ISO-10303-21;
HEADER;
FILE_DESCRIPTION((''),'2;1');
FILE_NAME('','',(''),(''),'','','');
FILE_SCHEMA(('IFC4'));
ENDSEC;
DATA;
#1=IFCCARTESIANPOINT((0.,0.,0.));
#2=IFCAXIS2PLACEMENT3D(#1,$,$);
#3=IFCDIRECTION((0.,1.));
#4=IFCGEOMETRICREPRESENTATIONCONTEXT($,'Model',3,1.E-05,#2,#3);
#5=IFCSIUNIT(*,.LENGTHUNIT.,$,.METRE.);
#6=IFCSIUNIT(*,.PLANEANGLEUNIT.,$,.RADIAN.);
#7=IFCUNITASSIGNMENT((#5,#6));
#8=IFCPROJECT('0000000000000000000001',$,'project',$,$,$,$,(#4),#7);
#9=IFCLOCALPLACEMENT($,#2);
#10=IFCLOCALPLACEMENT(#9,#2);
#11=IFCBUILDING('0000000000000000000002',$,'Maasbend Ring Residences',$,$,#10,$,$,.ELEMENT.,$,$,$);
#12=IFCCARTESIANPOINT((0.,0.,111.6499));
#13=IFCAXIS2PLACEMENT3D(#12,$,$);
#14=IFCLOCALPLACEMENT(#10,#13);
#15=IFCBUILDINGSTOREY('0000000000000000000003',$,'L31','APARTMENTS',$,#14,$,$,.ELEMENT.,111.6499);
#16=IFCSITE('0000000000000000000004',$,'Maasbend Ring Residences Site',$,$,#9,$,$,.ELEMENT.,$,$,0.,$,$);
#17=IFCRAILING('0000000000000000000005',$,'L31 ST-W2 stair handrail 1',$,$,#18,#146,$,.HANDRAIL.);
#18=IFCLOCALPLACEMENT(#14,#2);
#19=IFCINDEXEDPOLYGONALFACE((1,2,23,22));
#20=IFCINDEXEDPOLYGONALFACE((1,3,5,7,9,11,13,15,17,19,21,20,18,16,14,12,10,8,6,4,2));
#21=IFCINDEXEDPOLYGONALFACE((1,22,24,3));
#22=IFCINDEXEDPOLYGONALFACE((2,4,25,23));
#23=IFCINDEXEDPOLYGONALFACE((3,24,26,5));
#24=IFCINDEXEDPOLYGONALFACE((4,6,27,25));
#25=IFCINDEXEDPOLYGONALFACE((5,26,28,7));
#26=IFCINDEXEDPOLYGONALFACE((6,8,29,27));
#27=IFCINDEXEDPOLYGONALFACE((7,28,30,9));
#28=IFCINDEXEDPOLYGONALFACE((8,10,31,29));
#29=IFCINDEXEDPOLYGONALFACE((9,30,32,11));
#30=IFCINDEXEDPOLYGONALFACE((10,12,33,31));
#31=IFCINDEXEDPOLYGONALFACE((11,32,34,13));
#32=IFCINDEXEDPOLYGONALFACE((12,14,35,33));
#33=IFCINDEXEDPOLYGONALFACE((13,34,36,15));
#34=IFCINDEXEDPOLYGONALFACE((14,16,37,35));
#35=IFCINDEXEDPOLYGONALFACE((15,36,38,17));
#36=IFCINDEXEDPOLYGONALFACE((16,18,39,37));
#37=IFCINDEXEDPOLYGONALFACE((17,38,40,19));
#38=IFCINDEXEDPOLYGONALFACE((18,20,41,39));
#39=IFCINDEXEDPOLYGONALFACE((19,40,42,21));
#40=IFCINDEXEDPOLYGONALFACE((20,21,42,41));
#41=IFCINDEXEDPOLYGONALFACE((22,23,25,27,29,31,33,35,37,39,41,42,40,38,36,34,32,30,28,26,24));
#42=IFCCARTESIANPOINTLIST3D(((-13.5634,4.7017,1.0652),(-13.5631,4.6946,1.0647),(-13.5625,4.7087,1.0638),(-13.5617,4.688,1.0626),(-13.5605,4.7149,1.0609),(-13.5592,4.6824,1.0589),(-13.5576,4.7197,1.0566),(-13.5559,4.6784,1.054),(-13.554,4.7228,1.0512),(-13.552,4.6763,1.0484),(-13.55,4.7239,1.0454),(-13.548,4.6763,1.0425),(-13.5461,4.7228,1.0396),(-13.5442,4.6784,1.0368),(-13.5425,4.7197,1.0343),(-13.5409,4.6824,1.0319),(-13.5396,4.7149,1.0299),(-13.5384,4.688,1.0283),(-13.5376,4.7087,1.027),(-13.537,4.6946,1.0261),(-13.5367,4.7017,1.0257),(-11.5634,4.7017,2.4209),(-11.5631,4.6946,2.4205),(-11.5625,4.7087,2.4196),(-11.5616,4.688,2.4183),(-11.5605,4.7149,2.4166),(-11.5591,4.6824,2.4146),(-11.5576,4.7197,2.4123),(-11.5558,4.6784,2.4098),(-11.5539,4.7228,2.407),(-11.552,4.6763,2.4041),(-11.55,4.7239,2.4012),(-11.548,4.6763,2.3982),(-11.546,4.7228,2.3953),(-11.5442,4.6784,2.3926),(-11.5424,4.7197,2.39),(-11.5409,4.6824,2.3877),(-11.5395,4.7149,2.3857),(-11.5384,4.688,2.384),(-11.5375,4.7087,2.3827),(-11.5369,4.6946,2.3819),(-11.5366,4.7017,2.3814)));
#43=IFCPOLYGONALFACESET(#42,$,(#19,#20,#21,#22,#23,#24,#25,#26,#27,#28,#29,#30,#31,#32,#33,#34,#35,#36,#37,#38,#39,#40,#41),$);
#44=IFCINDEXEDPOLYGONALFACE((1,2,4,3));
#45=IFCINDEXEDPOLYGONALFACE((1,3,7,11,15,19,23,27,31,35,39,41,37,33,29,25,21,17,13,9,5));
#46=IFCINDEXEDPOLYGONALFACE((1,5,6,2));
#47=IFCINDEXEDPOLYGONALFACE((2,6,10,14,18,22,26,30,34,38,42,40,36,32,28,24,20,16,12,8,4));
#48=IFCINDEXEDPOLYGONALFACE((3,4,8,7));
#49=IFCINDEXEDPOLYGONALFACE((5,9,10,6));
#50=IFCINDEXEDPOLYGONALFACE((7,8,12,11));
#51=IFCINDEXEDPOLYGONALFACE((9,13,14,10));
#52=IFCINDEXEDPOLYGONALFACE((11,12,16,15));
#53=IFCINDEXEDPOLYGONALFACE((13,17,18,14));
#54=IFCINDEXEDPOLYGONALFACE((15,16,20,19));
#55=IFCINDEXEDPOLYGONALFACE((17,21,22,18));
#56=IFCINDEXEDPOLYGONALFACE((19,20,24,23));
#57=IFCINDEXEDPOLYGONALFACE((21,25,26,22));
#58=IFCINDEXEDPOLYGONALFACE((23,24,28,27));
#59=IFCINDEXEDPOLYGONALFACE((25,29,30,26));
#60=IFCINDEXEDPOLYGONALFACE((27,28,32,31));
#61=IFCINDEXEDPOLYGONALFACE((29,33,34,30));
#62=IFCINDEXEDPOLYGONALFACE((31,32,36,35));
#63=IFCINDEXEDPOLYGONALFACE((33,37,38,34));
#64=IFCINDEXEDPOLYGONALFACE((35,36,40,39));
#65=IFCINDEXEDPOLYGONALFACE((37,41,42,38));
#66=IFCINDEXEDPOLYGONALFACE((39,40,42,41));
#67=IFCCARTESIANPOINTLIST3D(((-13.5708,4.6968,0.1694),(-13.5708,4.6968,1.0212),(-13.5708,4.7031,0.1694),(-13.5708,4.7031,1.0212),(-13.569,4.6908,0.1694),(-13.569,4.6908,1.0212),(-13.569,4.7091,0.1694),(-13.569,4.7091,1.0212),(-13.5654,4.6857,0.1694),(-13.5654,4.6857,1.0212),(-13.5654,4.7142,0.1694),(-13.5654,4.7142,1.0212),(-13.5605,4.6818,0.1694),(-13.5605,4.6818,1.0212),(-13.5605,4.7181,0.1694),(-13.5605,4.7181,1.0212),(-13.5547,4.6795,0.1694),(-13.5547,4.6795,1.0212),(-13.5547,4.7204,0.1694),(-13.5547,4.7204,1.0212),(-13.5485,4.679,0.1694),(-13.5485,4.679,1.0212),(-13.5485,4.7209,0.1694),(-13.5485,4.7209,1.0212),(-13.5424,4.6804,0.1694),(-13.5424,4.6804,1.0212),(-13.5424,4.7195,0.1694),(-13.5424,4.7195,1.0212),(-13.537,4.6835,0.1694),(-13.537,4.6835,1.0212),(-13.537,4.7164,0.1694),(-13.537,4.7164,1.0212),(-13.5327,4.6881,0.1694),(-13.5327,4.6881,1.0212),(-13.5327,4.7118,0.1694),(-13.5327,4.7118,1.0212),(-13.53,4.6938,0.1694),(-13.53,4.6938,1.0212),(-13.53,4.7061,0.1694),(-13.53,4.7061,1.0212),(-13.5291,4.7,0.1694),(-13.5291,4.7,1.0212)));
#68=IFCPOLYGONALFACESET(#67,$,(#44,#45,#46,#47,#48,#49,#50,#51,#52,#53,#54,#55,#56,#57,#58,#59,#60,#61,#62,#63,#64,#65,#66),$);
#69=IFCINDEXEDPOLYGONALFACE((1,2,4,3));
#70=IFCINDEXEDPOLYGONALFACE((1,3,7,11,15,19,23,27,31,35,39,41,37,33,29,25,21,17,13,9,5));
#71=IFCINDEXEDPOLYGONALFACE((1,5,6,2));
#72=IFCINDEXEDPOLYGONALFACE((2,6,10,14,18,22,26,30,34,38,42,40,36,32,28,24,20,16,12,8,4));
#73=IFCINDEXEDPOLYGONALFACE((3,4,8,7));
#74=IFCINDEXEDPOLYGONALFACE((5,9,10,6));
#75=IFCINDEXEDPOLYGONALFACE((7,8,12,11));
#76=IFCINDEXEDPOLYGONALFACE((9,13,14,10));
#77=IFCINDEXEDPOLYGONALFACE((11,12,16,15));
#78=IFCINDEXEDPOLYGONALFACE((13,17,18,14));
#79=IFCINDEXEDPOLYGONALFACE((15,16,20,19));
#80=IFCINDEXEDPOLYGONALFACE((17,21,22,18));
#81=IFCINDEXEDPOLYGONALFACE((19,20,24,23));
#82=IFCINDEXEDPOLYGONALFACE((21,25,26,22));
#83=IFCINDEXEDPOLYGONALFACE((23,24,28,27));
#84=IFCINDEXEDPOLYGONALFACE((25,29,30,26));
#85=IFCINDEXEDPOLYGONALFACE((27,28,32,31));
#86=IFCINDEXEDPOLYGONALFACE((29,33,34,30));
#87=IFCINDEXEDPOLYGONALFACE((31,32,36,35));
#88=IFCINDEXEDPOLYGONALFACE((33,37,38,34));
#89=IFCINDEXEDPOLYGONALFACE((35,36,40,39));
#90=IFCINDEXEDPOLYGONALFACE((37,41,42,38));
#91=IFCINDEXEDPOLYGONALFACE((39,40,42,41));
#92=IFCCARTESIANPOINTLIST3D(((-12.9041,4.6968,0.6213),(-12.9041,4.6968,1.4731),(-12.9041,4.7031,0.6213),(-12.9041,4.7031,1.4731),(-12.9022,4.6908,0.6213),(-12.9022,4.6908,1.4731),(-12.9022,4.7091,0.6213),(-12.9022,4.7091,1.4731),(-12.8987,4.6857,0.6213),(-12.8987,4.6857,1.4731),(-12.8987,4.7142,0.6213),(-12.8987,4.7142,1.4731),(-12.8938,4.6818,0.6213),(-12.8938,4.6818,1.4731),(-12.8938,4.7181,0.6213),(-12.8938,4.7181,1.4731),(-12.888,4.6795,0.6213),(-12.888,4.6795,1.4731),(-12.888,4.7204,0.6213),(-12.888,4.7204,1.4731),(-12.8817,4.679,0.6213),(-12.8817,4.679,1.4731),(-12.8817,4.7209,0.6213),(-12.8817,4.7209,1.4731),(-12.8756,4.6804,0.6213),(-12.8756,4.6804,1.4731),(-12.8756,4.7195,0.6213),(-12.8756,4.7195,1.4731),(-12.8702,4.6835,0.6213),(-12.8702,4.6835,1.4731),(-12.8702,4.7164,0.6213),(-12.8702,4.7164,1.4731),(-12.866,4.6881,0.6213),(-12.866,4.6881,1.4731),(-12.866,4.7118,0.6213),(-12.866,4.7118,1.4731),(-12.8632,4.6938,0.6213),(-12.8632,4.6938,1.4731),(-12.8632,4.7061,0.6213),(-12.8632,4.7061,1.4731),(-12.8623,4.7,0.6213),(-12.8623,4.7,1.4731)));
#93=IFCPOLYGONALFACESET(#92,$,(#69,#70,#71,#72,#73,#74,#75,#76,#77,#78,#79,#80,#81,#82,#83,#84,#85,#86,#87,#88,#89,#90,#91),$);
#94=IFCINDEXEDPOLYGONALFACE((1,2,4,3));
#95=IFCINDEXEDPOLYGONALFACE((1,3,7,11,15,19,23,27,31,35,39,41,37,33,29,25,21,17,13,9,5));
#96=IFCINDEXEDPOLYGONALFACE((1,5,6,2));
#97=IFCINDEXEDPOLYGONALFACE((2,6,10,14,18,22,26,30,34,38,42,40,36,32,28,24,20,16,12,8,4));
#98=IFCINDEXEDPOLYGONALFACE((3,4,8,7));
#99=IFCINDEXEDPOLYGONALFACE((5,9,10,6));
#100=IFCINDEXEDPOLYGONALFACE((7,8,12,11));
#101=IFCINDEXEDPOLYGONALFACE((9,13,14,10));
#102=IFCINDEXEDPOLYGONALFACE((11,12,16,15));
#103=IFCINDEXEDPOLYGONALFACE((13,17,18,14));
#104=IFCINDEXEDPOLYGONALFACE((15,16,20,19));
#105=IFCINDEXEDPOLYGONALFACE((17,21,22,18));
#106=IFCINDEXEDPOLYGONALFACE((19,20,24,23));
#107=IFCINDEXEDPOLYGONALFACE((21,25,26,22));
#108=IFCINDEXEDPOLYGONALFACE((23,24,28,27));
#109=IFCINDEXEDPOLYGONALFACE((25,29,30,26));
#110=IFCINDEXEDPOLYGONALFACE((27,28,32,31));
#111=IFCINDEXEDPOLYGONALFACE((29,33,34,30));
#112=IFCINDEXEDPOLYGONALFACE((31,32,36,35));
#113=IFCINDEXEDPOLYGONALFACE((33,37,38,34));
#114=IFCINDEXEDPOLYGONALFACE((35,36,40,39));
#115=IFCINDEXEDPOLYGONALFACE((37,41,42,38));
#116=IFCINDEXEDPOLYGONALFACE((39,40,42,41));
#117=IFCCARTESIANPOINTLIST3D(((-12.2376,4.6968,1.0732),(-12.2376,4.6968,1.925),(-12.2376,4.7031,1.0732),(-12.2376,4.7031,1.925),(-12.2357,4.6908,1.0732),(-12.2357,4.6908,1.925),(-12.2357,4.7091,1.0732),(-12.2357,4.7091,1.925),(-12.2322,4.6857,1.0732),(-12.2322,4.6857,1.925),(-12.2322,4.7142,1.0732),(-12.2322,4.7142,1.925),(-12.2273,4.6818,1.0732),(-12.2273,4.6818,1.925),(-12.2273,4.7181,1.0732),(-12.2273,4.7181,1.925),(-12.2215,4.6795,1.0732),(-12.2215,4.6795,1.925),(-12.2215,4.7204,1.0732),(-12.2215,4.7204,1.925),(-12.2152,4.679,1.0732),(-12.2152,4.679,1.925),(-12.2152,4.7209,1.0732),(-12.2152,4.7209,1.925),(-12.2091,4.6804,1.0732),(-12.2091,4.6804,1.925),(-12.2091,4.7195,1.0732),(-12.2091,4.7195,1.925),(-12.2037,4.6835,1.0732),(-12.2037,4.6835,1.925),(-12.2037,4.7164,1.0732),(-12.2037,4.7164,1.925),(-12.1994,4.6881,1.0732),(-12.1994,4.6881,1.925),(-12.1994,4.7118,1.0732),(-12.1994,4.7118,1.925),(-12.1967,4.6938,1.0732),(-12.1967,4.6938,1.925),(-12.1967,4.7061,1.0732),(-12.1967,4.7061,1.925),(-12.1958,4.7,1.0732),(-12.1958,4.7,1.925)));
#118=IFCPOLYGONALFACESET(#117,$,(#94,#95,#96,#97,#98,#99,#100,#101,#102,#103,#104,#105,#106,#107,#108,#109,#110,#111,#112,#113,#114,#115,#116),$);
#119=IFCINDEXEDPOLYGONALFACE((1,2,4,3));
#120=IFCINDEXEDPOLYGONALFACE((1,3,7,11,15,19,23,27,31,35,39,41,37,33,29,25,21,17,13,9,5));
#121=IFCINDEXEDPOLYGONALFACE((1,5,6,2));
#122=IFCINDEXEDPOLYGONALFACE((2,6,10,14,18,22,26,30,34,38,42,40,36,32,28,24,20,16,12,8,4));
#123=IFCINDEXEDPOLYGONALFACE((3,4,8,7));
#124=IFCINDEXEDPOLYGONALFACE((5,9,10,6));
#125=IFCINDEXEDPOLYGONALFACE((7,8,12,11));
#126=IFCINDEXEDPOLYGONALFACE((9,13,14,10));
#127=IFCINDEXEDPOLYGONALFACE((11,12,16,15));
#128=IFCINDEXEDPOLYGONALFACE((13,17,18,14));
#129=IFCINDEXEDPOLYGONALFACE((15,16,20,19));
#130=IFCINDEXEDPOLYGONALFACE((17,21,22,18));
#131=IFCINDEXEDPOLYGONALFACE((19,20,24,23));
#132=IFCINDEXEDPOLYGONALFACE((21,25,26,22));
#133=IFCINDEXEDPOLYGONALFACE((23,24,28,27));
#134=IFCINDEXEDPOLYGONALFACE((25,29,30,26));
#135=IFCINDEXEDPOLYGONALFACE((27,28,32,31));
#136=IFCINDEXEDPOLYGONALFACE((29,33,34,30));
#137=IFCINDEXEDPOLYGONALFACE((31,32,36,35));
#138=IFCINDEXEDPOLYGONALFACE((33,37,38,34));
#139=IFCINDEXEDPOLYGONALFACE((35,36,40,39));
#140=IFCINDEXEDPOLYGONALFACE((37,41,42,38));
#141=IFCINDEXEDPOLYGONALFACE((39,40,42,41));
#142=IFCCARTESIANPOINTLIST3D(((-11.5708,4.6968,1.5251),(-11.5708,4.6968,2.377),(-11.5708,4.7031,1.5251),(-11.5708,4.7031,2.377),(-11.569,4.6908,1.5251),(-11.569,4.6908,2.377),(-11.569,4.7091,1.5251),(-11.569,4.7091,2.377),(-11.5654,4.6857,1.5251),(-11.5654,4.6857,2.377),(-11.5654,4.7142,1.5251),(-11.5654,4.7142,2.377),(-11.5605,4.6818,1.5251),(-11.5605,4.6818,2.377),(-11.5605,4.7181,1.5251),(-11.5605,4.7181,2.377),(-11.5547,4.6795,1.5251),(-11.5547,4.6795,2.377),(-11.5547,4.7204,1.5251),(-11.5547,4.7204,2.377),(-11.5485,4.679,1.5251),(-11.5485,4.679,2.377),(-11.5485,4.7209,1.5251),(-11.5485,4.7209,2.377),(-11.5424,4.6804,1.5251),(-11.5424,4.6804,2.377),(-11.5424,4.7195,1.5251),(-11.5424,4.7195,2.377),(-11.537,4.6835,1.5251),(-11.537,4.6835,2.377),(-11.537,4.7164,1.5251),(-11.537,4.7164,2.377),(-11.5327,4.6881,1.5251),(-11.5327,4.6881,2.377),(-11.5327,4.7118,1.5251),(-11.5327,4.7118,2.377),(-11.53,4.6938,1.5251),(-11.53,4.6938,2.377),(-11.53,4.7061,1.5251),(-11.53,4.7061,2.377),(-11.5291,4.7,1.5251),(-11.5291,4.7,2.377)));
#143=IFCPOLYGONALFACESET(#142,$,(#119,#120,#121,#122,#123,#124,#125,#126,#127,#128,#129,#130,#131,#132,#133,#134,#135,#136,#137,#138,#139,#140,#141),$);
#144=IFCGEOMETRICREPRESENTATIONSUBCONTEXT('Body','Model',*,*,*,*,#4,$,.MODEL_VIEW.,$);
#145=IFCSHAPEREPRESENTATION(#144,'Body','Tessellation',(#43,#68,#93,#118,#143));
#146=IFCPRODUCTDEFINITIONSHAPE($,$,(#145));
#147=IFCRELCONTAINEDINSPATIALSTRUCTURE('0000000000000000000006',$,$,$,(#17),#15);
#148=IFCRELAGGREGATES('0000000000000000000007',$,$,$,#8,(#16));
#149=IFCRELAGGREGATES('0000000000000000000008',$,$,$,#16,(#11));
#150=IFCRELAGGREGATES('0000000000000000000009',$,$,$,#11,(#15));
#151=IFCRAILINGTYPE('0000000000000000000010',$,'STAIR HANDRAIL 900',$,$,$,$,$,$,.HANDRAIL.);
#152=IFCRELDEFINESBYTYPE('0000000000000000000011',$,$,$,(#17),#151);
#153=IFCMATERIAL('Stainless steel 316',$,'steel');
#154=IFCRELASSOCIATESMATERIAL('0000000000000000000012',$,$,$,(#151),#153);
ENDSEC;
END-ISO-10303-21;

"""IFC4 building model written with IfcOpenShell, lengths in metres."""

from ifc_helpers import new_model, si_unit, direction, frame, origin, origin_2d, place, context, subcontext, project, spatial, circle, extrude, material, type_object, element, save


model = new_model("IFC4")

# Units and contexts
model_context = context("Model", 3, precision=1e-05, world=origin(), true_north=direction((0.0, 1.0)))
body_context = subcontext(model_context, "Body", "Model", "MODEL_VIEW")
ifc_project = project(units=[si_unit("LENGTHUNIT", "METRE"), si_unit("PLANEANGLEUNIT", "RADIAN")], contexts=[model_context])

# Site, building, storey
site_placement = place(None, origin())
site = spatial("IfcSite", under=ifc_project, at=site_placement, Name="Maasbend Ring Residences Site", CompositionType="ELEMENT", RefElevation=0.0)
building_placement = place(site_placement, origin())
building = spatial("IfcBuilding", under=site, at=building_placement, Name="Maasbend Ring Residences", CompositionType="ELEMENT")
storey_placement = place(building_placement, frame((0.0, 0.0, 111.6499)))
storey = spatial("IfcBuildingStorey", under=building, at=storey_placement, Name="L31", Description="APARTMENTS", CompositionType="ELEMENT", Elevation=111.6499)

# Railing
ifc_material_1 = material(Name="Stainless steel 316", Category="steel")
railing_type_1 = type_object("IfcRailingType", Name="STAIR HANDRAIL 900", PredefinedType="HANDRAIL", material=ifc_material_1)
railing_1_placement = place(storey_placement, frame((-13.55, 4.7, 0.1694)))
element("IfcRailing", 1, at=railing_1_placement, inside=storey, type_object=railing_type_1, Name="L31 ST-W2 stair handrail 1", PredefinedType="HANDRAIL", context=body_context, shape_type="SweptSolid", body=[
    extrude(circle(Radius=0.0239, at=origin_2d()), frame((0.0, 0.0, 0.876), z_axis=(0.827751, 0.0, 0.561096), x_axis=(0.0, 1.0, 0.0)), (0.0, 0.0, 1.0), 2.4163),
    extrude(circle(Radius=0.021, at=origin_2d()), origin(), (0.0, 0.0, 1.0), 0.8518),
    extrude(circle(Radius=0.021, at=origin_2d()), frame((0.6667, 0.0, 0.4519)), (0.0, 0.0, 1.0), 0.8518),
    extrude(circle(Radius=0.021, at=origin_2d()), frame((1.3333, 0.0, 0.9038)), (0.0, 0.0, 1.0), 0.8518),
    extrude(circle(Radius=0.021, at=origin_2d()), frame((2.0, 0.0, 1.3557)), (0.0, 0.0, 1.0), 0.8518),
])

save(model, "model.ifc")
